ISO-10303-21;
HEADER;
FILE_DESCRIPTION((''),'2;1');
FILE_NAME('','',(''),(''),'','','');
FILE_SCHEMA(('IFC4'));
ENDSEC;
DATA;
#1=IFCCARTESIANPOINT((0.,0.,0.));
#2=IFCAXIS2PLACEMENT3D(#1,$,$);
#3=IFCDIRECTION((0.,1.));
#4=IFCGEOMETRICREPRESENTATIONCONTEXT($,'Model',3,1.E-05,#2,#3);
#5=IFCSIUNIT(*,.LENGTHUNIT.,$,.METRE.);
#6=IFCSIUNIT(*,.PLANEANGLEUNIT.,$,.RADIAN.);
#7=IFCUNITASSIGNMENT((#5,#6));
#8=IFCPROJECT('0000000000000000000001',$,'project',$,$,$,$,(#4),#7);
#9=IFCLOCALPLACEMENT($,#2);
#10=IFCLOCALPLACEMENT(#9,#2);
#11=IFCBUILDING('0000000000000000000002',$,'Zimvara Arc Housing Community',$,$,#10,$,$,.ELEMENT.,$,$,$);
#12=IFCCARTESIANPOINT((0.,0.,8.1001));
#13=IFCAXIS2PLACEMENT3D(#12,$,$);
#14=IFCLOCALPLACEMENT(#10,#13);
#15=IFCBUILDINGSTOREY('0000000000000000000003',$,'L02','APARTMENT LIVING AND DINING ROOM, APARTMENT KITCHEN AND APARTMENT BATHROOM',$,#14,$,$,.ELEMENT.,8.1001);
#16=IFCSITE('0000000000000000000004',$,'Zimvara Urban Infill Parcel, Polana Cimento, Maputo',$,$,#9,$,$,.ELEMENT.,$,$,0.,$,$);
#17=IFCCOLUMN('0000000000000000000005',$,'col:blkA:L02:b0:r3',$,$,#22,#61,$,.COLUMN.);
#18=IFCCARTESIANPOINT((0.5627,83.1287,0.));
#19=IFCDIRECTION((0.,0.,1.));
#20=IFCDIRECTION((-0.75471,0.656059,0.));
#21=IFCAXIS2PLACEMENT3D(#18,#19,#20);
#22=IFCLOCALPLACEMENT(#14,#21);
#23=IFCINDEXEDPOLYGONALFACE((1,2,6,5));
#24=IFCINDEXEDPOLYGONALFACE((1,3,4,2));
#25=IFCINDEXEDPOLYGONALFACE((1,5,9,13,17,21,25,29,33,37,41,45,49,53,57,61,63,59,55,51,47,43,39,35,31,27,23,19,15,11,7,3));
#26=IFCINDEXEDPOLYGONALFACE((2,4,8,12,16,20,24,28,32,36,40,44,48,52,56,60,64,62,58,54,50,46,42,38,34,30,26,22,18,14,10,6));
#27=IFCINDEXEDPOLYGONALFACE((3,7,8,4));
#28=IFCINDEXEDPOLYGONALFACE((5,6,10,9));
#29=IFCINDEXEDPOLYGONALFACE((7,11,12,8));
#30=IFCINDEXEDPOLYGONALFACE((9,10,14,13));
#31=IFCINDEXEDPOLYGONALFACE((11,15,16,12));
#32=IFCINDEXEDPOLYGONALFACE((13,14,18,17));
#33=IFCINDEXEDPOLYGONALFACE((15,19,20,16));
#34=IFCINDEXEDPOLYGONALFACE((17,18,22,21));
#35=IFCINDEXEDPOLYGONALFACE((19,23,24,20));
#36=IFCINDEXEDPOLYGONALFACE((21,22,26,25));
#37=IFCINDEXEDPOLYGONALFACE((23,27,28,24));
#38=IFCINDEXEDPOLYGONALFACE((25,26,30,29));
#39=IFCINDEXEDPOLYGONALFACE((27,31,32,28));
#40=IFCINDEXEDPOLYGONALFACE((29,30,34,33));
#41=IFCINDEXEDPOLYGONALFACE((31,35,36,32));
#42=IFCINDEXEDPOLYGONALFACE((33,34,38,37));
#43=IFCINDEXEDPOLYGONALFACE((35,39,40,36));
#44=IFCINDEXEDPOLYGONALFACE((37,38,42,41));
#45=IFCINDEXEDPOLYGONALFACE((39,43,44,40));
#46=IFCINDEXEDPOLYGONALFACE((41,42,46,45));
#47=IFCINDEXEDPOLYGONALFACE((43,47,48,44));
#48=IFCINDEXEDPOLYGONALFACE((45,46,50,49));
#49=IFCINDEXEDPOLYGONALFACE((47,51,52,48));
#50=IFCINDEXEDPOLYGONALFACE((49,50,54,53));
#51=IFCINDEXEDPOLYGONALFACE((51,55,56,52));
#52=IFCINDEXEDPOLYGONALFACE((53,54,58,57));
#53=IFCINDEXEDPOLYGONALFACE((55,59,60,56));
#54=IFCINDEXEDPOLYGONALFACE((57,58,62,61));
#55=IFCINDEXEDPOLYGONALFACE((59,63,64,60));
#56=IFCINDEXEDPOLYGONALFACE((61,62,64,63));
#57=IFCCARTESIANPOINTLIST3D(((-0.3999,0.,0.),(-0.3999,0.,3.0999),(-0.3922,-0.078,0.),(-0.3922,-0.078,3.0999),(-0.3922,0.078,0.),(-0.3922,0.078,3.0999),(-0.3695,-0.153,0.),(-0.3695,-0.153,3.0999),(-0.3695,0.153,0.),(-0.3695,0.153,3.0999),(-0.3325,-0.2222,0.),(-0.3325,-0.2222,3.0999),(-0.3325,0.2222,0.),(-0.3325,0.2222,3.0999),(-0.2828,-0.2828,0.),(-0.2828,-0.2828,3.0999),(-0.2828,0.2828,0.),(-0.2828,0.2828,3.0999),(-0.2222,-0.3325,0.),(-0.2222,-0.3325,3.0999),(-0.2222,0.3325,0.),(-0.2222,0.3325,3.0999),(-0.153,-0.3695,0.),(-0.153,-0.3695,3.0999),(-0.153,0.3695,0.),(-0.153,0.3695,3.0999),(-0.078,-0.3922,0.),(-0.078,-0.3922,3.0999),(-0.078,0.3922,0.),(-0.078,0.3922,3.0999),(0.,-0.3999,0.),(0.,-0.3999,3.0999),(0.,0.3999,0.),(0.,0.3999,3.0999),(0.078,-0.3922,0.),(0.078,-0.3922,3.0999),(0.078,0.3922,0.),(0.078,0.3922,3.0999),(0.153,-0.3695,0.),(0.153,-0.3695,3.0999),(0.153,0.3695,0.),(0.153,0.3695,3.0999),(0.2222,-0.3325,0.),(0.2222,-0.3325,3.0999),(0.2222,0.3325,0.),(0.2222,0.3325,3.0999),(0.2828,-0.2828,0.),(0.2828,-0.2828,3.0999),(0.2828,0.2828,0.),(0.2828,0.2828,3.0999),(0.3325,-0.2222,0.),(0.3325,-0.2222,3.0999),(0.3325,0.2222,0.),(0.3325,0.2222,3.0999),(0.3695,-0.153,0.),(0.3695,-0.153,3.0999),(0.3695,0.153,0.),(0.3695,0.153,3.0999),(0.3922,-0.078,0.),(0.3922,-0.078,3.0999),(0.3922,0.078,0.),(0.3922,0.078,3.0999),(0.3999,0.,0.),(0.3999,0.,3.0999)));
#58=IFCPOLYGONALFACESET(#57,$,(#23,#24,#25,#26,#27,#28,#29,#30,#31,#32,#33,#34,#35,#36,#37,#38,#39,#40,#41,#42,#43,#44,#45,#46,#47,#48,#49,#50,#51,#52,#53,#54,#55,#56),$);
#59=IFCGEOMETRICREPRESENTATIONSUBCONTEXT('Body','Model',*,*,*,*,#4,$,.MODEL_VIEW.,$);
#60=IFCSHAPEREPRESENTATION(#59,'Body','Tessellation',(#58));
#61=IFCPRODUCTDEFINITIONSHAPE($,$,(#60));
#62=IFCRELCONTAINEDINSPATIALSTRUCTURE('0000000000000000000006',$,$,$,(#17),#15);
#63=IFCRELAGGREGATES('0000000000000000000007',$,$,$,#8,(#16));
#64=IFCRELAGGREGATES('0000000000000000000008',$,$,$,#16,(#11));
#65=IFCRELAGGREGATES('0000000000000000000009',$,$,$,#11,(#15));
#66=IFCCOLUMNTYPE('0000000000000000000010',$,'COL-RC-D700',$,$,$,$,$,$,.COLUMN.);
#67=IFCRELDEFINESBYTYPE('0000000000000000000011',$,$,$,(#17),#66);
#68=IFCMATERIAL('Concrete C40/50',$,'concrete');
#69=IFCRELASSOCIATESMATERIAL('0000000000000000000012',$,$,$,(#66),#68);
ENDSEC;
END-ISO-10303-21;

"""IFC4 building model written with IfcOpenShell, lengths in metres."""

from ifc_helpers import new_model, si_unit, direction, frame, origin, origin_2d, place, context, subcontext, project, spatial, circle, extrude, material, material_profile, profile_set, type_object, element, save


model = new_model("IFC4")

# Units and contexts
model_context = context("Model", 3, precision=1e-05, world=origin(), true_north=direction((0.0, 1.0)))
body_context = subcontext(model_context, "Body", "Model", "MODEL_VIEW")
ifc_project = project(units=[si_unit("LENGTHUNIT", "METRE"), si_unit("PLANEANGLEUNIT", "RADIAN")], contexts=[model_context])

# Site, building, storey
site_placement = place(None, origin())
site = spatial("IfcSite", under=ifc_project, at=site_placement, Name="Zimvara Urban Infill Parcel, Polana Cimento, Maputo", CompositionType="ELEMENT", RefElevation=0.0)
building_placement = place(site_placement, origin())
building = spatial("IfcBuilding", under=site, at=building_placement, Name="Zimvara Arc Housing Community", CompositionType="ELEMENT")
storey_placement = place(building_placement, frame((0.0, 0.0, 8.1001)))
storey = spatial("IfcBuildingStorey", under=building, at=storey_placement, Name="L02", Description="APARTMENT LIVING AND DINING ROOM, APARTMENT KITCHEN AND APARTMENT BATHROOM", CompositionType="ELEMENT", Elevation=8.1001)

# Column
ifc_material_1 = material(Name="Concrete C40/50", Category="concrete")
ifc_material_profile_1 = material_profile(ifc_material_1, circle(Radius=0.3999, at=origin_2d()), Name="RC D800")
ifc_profile_set_1 = profile_set([ifc_material_profile_1], Name="Concrete C40/50")
column_type_1 = type_object("IfcColumnType", Name="COL-RC-D700", PredefinedType="COLUMN", material=ifc_profile_set_1)
column_1_placement = place(storey_placement, frame((0.5627, 83.1287, 0.0), z_axis=(0.0, 0.0, 1.0), x_axis=(-0.75471, 0.656059, 0.0)))
element("IfcColumn", 1, at=column_1_placement, inside=storey, type_object=column_type_1, Name="col:blkA:L02:b0:r3", PredefinedType="COLUMN", context=body_context, shape_type="SweptSolid", body=[
    extrude(circle(Radius=0.3999, at=origin_2d()), origin(), (0.0, 0.0, 1.0), 3.0999),
])

save(model, "model.ifc")
